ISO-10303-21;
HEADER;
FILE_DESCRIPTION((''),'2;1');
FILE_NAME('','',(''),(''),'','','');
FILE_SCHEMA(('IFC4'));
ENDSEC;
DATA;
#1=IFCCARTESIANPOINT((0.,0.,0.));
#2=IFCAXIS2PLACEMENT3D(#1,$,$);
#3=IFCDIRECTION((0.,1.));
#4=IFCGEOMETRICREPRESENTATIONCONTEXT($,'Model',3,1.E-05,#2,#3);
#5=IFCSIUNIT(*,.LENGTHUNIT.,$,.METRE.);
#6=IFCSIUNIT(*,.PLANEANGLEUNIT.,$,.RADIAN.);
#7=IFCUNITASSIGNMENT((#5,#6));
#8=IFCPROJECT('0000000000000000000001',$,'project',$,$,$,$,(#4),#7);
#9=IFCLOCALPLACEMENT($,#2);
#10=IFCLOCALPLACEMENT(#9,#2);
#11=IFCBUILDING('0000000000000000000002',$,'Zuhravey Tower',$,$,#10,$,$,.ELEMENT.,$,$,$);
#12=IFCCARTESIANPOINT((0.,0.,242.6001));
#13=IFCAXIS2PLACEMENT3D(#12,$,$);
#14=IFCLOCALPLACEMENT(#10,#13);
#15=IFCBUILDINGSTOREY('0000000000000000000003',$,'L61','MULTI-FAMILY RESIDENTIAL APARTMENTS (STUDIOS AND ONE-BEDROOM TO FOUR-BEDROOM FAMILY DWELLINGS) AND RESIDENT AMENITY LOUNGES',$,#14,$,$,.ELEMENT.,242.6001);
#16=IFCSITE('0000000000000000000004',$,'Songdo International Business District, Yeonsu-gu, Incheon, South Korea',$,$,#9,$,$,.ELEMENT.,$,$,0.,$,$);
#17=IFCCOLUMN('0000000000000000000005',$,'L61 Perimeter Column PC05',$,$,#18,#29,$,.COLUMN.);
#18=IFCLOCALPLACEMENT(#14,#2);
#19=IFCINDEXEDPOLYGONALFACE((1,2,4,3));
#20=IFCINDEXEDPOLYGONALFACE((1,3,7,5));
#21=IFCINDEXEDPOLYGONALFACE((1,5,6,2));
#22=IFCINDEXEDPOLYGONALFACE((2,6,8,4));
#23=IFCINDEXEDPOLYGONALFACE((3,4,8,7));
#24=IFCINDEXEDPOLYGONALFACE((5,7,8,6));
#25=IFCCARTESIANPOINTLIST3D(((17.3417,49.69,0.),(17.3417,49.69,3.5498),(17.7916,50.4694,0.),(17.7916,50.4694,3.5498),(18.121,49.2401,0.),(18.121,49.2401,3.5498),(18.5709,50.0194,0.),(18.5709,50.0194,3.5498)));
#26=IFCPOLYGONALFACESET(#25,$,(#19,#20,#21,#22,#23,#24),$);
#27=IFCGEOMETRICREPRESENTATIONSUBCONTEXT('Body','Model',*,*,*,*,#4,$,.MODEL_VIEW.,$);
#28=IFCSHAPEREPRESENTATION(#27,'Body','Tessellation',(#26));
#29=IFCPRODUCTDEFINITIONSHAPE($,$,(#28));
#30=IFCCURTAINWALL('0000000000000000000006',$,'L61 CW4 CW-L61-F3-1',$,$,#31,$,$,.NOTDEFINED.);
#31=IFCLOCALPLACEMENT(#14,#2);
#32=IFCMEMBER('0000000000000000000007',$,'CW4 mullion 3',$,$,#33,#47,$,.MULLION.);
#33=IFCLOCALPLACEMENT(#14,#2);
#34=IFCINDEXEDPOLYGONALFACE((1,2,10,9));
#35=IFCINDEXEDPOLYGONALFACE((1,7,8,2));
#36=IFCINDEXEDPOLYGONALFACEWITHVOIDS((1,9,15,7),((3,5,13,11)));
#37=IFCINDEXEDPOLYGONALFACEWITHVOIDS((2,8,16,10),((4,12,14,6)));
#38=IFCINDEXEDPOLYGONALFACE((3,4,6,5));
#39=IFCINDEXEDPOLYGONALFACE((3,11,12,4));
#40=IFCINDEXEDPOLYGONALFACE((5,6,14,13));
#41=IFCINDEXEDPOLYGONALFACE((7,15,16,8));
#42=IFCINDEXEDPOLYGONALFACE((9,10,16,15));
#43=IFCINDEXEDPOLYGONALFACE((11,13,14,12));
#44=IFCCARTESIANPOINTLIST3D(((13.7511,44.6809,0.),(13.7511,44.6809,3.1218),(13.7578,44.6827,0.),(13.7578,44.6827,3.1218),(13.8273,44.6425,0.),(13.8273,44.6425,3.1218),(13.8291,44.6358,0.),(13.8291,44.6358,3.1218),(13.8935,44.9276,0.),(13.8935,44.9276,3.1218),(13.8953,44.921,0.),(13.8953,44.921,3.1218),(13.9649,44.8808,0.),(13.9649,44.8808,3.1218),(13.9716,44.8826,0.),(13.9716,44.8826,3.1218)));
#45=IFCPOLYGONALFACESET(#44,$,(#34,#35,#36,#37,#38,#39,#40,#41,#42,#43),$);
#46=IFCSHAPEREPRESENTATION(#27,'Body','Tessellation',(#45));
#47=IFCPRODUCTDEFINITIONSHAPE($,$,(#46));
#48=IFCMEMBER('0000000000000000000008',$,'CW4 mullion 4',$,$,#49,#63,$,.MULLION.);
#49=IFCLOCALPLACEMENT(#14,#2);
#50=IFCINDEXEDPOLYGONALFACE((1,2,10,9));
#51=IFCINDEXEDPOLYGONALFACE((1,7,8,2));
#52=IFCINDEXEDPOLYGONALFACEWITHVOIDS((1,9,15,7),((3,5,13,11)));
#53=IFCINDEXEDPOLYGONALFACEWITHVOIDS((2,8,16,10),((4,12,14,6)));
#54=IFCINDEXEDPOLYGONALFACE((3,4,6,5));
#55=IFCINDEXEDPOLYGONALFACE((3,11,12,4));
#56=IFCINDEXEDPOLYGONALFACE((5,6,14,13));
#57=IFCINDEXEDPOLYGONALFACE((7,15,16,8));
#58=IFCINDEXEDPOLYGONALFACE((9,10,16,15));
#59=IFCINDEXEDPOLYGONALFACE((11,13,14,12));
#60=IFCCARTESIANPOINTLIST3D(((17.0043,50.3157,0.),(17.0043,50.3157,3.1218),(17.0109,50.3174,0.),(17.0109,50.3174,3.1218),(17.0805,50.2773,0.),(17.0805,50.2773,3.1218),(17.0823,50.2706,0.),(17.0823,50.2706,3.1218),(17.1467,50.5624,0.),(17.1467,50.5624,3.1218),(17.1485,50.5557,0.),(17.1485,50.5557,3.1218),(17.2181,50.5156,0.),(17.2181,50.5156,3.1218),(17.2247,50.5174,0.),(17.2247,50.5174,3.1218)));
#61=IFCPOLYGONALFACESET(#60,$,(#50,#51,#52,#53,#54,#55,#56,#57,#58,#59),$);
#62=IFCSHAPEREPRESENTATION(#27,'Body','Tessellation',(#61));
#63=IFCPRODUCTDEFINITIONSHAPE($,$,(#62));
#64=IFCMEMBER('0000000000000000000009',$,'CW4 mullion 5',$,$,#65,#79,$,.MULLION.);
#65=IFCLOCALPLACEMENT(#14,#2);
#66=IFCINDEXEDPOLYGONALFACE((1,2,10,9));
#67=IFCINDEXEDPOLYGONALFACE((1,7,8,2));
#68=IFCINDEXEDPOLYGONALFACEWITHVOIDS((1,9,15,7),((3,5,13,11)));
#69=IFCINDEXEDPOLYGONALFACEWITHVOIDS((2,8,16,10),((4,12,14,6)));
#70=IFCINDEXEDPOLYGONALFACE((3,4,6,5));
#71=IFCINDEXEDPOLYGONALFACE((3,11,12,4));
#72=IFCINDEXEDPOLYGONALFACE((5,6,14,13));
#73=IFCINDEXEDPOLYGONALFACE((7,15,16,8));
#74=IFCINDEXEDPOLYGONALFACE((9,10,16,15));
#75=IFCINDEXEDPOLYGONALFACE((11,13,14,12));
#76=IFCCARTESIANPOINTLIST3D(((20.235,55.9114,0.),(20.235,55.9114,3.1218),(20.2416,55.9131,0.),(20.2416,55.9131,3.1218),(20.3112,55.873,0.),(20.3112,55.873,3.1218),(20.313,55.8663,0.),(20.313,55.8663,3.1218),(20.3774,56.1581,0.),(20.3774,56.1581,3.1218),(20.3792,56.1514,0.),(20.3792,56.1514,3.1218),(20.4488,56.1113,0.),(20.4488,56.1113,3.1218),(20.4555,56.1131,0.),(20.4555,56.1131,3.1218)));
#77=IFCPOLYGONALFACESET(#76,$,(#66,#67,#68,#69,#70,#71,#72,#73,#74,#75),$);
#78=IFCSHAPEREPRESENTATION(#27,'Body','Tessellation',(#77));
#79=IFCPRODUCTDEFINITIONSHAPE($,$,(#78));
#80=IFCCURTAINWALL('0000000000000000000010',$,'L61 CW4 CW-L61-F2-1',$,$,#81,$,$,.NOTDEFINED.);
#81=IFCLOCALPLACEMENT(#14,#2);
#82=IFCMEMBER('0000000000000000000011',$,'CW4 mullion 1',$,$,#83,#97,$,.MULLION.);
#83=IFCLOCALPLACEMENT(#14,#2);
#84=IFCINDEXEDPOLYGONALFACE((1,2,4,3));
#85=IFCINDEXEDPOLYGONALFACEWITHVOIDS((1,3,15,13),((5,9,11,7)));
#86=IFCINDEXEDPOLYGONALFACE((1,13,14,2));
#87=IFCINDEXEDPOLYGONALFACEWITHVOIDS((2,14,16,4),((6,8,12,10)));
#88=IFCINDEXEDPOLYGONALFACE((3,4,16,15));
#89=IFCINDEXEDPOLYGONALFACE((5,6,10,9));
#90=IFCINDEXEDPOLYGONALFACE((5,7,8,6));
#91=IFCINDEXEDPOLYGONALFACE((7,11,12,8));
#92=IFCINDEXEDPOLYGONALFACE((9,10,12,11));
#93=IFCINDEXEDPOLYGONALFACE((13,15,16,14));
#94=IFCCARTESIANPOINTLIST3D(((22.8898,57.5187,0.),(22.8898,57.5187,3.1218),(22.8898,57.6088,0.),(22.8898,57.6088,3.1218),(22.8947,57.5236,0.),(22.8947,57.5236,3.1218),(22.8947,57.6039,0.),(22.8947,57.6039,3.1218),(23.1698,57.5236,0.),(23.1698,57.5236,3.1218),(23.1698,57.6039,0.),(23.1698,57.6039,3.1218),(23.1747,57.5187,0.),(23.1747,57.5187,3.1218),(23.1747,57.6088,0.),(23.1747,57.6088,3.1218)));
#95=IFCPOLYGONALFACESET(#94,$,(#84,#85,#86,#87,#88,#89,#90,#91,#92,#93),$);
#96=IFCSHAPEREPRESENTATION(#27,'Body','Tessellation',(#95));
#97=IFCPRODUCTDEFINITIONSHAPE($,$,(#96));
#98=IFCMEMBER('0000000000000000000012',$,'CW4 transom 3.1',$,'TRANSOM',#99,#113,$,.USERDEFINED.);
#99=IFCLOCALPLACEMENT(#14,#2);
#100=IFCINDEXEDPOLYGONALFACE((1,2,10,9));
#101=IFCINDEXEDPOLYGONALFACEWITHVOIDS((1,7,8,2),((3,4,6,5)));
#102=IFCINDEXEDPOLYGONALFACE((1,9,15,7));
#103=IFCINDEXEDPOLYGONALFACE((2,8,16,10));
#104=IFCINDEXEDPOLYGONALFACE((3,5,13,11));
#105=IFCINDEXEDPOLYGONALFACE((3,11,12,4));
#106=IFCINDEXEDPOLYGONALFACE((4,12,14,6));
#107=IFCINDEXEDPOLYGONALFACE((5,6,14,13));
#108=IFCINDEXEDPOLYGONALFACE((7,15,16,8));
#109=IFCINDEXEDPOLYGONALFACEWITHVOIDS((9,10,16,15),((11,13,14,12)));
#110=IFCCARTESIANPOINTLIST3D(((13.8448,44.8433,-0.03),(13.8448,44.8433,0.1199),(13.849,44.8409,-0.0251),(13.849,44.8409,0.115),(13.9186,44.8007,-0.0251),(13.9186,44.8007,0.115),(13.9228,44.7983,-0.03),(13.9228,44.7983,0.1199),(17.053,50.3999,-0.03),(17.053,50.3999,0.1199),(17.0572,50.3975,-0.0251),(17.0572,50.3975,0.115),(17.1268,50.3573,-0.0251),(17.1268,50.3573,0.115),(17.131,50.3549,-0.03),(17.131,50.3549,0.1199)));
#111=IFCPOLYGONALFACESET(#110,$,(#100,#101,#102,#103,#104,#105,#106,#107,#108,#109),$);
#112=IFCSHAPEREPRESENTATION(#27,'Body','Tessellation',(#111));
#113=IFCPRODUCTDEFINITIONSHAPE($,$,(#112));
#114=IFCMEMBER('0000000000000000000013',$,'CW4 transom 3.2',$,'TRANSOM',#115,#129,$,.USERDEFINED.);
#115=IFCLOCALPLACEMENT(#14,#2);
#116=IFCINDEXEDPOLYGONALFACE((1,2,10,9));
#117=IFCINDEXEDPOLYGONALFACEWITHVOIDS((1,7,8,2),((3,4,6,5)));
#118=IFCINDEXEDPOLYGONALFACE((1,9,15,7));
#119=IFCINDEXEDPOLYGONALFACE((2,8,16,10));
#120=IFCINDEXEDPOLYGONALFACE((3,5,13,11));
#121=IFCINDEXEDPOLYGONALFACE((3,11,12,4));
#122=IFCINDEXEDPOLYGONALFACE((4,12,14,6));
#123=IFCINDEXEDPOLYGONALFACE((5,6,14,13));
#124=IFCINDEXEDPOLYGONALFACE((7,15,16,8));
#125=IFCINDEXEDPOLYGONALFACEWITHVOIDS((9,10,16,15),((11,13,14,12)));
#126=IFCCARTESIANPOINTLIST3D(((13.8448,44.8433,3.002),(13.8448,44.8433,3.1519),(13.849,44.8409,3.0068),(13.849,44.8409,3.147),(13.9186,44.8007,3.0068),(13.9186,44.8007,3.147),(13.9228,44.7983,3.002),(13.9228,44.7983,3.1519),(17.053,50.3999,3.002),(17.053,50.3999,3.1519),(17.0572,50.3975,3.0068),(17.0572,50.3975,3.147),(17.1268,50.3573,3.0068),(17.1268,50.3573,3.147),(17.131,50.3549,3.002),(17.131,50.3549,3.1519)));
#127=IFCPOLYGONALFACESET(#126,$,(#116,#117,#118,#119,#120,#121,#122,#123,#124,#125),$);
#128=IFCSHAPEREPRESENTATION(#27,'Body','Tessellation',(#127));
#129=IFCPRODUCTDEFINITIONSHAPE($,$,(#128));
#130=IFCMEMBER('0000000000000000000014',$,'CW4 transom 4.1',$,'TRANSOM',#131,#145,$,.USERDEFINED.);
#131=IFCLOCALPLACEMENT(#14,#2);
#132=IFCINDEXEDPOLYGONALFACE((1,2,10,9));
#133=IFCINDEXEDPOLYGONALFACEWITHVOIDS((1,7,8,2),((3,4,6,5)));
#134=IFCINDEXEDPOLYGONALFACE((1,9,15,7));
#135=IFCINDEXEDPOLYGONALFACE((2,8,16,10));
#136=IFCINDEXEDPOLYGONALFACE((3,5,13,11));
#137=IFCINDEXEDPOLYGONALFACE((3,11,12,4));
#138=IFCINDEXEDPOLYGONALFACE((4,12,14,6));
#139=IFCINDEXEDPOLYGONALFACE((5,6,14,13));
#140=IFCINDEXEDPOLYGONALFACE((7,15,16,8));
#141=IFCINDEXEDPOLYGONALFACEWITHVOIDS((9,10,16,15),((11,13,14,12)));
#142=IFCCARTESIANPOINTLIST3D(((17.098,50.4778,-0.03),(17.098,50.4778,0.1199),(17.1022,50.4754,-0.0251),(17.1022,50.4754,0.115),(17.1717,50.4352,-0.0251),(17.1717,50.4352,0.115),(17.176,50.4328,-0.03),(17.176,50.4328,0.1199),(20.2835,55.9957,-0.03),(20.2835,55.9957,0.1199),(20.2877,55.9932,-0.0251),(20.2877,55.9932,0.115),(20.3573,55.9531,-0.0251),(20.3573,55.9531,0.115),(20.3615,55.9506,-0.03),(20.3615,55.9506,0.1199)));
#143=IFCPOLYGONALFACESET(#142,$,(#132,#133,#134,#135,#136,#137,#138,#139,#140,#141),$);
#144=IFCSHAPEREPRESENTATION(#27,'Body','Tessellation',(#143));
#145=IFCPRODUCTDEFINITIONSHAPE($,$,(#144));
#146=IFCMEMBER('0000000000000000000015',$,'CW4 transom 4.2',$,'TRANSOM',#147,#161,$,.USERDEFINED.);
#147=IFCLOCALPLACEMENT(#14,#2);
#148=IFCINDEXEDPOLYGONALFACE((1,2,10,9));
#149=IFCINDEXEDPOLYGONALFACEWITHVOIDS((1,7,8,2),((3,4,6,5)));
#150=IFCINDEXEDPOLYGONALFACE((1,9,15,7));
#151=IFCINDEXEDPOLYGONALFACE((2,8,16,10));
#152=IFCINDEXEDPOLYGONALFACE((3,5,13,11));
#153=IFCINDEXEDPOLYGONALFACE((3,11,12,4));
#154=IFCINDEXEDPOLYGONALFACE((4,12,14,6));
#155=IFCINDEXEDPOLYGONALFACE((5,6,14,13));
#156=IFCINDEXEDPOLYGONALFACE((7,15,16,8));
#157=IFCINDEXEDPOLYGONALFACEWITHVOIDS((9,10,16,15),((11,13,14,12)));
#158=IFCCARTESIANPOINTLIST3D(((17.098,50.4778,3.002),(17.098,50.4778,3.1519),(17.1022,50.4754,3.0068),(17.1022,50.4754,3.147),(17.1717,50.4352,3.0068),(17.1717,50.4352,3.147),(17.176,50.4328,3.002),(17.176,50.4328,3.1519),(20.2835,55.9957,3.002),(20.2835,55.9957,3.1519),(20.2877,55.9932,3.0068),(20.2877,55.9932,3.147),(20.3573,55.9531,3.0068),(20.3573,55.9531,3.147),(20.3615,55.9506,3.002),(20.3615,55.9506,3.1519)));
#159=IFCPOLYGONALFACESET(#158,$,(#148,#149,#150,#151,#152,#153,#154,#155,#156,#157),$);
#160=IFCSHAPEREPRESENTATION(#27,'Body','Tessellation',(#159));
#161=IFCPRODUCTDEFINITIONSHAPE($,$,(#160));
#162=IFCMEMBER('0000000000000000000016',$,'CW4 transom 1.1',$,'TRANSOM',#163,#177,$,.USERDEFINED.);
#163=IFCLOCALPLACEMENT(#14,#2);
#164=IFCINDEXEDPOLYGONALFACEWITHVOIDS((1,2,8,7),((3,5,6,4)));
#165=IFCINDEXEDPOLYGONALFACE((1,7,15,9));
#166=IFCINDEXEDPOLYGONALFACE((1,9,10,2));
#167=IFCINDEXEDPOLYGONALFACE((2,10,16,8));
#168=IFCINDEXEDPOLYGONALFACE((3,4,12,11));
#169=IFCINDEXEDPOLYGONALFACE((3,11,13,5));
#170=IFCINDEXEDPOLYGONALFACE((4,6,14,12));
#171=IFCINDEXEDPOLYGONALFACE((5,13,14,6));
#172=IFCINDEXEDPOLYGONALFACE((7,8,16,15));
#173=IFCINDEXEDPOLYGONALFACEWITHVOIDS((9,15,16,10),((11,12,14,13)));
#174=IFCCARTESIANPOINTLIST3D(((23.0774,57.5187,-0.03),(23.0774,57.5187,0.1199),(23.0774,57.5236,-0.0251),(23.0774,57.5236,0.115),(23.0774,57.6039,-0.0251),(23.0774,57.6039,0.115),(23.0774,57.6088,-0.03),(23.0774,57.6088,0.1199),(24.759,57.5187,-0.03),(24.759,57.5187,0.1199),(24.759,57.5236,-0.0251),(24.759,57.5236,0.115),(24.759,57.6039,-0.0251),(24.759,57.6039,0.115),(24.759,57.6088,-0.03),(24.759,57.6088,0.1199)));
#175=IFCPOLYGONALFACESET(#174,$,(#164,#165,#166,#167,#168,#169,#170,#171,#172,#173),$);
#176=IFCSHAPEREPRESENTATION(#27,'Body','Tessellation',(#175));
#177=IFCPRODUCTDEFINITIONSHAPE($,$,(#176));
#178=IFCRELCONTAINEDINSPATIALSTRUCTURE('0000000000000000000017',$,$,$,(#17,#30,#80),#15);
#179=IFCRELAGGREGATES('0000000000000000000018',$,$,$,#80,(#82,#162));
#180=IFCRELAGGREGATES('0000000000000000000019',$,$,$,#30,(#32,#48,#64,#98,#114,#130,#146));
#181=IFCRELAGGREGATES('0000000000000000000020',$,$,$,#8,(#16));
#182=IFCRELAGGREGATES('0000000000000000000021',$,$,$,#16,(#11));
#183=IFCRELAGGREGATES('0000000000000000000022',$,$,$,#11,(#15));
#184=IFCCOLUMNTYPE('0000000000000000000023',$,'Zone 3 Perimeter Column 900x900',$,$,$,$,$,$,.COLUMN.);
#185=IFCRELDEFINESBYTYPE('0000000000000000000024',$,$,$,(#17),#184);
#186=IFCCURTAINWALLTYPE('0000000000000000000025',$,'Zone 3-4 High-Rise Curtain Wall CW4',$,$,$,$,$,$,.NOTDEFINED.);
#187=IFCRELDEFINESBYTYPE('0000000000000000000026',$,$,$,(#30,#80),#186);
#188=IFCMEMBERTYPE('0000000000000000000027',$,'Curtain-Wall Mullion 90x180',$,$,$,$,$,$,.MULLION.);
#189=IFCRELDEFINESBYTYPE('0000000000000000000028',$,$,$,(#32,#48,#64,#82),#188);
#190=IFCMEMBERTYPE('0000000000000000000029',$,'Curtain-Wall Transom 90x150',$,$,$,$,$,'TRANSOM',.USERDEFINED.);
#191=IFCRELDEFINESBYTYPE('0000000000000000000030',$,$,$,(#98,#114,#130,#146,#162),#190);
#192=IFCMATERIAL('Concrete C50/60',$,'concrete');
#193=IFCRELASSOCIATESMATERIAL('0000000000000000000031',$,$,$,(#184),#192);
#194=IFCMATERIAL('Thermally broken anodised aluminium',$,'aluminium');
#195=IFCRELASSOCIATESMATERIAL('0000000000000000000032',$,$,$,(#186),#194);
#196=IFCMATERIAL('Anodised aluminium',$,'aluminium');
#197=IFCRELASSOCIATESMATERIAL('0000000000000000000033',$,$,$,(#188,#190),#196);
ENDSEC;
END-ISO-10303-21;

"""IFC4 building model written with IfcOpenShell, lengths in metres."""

from ifc_helpers import new_model, si_unit, direction, frame, origin, origin_2d, place, context, subcontext, project, spatial, rectangle, hollow_rectangle, extrude, material, material_profile, profile_set, type_object, element, aggregate, save


model = new_model("IFC4")

# Units and contexts
model_context = context("Model", 3, precision=1e-05, world=origin(), true_north=direction((0.0, 1.0)))
body_context = subcontext(model_context, "Body", "Model", "MODEL_VIEW")
ifc_project = project(units=[si_unit("LENGTHUNIT", "METRE"), si_unit("PLANEANGLEUNIT", "RADIAN")], contexts=[model_context])

# Site, building, storey
site_placement = place(None, origin())
site = spatial("IfcSite", under=ifc_project, at=site_placement, Name="Songdo International Business District, Yeonsu-gu, Incheon, South Korea", CompositionType="ELEMENT", RefElevation=0.0)
building_placement = place(site_placement, origin())
building = spatial("IfcBuilding", under=site, at=building_placement, Name="Zuhravey Tower", CompositionType="ELEMENT")
storey_placement = place(building_placement, frame((0.0, 0.0, 242.6001)))
storey = spatial("IfcBuildingStorey", under=building, at=storey_placement, Name="L61", Description="MULTI-FAMILY RESIDENTIAL APARTMENTS (STUDIOS AND ONE-BEDROOM TO FOUR-BEDROOM FAMILY DWELLINGS) AND RESIDENT AMENITY LOUNGES", CompositionType="ELEMENT", Elevation=242.6001)

# Column
ifc_material_1 = material(Name="Concrete C50/60", Category="concrete")
ifc_material_profile_1 = material_profile(ifc_material_1, rectangle(XDim=0.8999, YDim=0.8999, at=origin_2d()), Name="RC-900x900")
ifc_profile_set_1 = profile_set([ifc_material_profile_1], Name="Concrete C50/60")
column_type = type_object("IfcColumnType", Name="Zone 3 Perimeter Column 900x900", PredefinedType="COLUMN", material=ifc_profile_set_1)
column_placement = place(storey_placement, frame((17.9563, 49.8547, 0.0), z_axis=(0.0, 0.0, 1.0), x_axis=(-0.5, -0.866025, 0.0)))
element("IfcColumn", 1, at=column_placement, inside=storey, type_object=column_type, Name="L61 Perimeter Column PC05", PredefinedType="COLUMN", context=body_context, shape_type="SweptSolid", body=[
    extrude(rectangle(XDim=0.8999, YDim=0.8999, at=origin_2d()), origin(), (0.0, 0.0, 1.0), 3.5498),
])

# Curtain wall, members
ifc_material_2 = material(Name="Thermally broken anodised aluminium", Category="aluminium")
curtain_wall_type = type_object("IfcCurtainWallType", Name="Zone 3-4 High-Rise Curtain Wall CW4", PredefinedType="NOTDEFINED", material=ifc_material_2)
curtain_wall_1_placement = place(storey_placement, origin())
curtain_wall_1 = element("IfcCurtainWall", 2, at=curtain_wall_1_placement, inside=storey, type_object=curtain_wall_type, Name="L61 CW4 CW-L61-F3-1", PredefinedType="NOTDEFINED")
ifc_material_3 = material(Name="Anodised aluminium", Category="aluminium")
ifc_material_profile_2 = material_profile(ifc_material_3, hollow_rectangle(XDim=0.0901, YDim=0.2849, WallThickness=0.0049, at=origin_2d()), Name="ALU-RHS-90x285x5")
ifc_profile_set_2 = profile_set([ifc_material_profile_2], Name="Anodised aluminium")
member_type_1 = type_object("IfcMemberType", Name="Curtain-Wall Mullion 90x180", PredefinedType="MULLION", material=ifc_profile_set_2)
member_1_placement = place(storey_placement, frame((13.8613, 44.7817, 0.0), z_axis=(0.0, 0.0, 1.0), x_axis=(-0.866025, 0.500001, 0.0)))
member_1 = element("IfcMember", 3, at=member_1_placement, type_object=member_type_1, Name="CW4 mullion 3", PredefinedType="MULLION", context=body_context, shape_type="SweptSolid", body=[
    extrude(hollow_rectangle(XDim=0.0901, YDim=0.2849, WallThickness=0.0049, at=origin_2d()), origin(), (0.0, 0.0, 1.0), 3.1218),
])
member_2_placement = place(storey_placement, frame((17.1145, 50.4165, 0.0), z_axis=(0.0, 0.0, 1.0), x_axis=(-0.866025, 0.500001, 0.0)))
member_2 = element("IfcMember", 4, at=member_2_placement, type_object=member_type_1, Name="CW4 mullion 4", PredefinedType="MULLION", context=body_context, shape_type="SweptSolid", body=[
    extrude(hollow_rectangle(XDim=0.0901, YDim=0.2849, WallThickness=0.0049, at=origin_2d()), origin(), (0.0, 0.0, 1.0), 3.1218),
])
member_3_placement = place(storey_placement, frame((20.3452, 56.0122, 0.0), z_axis=(0.0, 0.0, 1.0), x_axis=(-0.866025, 0.500001, 0.0)))
member_3 = element("IfcMember", 5, at=member_3_placement, type_object=member_type_1, Name="CW4 mullion 5", PredefinedType="MULLION", context=body_context, shape_type="SweptSolid", body=[
    extrude(hollow_rectangle(XDim=0.0901, YDim=0.2849, WallThickness=0.0049, at=origin_2d()), origin(), (0.0, 0.0, 1.0), 3.1218),
])

# Curtain wall, member
curtain_wall_2_placement = place(storey_placement, origin())
curtain_wall_2 = element("IfcCurtainWall", 6, at=curtain_wall_2_placement, inside=storey, type_object=curtain_wall_type, Name="L61 CW4 CW-L61-F2-1", PredefinedType="NOTDEFINED")
member_4_placement = place(storey_placement, frame((23.0322, 57.5637, 0.0), z_axis=(0.0, 0.0, 1.0), x_axis=(0.0, 1.0, 0.0)))
member_4 = element("IfcMember", 7, at=member_4_placement, type_object=member_type_1, Name="CW4 mullion 1", PredefinedType="MULLION", context=body_context, shape_type="SweptSolid", body=[
    extrude(hollow_rectangle(XDim=0.0901, YDim=0.2849, WallThickness=0.0049, at=origin_2d()), origin(), (0.0, 0.0, 1.0), 3.1218),
])

# Members
ifc_material_profile_3 = material_profile(ifc_material_3, hollow_rectangle(XDim=0.0901, YDim=0.1499, WallThickness=0.0049, at=origin_2d()), Name="ALU-RHS-90x150x5")
ifc_profile_set_3 = profile_set([ifc_material_profile_3], Name="Anodised aluminium")
member_type_2 = type_object("IfcMemberType", Name="Curtain-Wall Transom 90x150", ElementType="TRANSOM", PredefinedType="USERDEFINED", material=ifc_profile_set_3)
member_5_placement = place(storey_placement, frame((13.8838, 44.8208, 0.0449), z_axis=(0.500014, 0.866017, 0.0), x_axis=(-0.866017, 0.500014, 0.0)))
member_5 = element("IfcMember", 8, at=member_5_placement, type_object=member_type_2, Name="CW4 transom 3.1", ObjectType="TRANSOM", PredefinedType="USERDEFINED", context=body_context, shape_type="SweptSolid", body=[
    extrude(hollow_rectangle(XDim=0.0901, YDim=0.1499, WallThickness=0.0049, at=origin_2d()), origin(), (0.0, 0.0, 1.0), 6.4163),
])
member_6_placement = place(storey_placement, frame((13.8838, 44.8208, 3.0769), z_axis=(0.500014, 0.866017, 0.0), x_axis=(-0.866017, 0.500014, 0.0)))
member_6 = element("IfcMember", 9, at=member_6_placement, type_object=member_type_2, Name="CW4 transom 3.2", ObjectType="TRANSOM", PredefinedType="USERDEFINED", context=body_context, shape_type="SweptSolid", body=[
    extrude(hollow_rectangle(XDim=0.0901, YDim=0.1499, WallThickness=0.0049, at=origin_2d()), origin(), (0.0, 0.0, 1.0), 6.4163),
])
member_7_placement = place(storey_placement, frame((17.137, 50.4553, 0.0449), z_axis=(0.49998, 0.866037, 0.0), x_axis=(-0.866037, 0.49998, 0.0)))
member_7 = element("IfcMember", 10, at=member_7_placement, type_object=member_type_2, Name="CW4 transom 4.1", ObjectType="TRANSOM", PredefinedType="USERDEFINED", context=body_context, shape_type="SweptSolid", body=[
    extrude(hollow_rectangle(XDim=0.0901, YDim=0.1499, WallThickness=0.0049, at=origin_2d()), origin(), (0.0, 0.0, 1.0), 6.3713),
])
member_8_placement = place(storey_placement, frame((17.137, 50.4553, 3.0769), z_axis=(0.49998, 0.866037, 0.0), x_axis=(-0.866037, 0.49998, 0.0)))
member_8 = element("IfcMember", 11, at=member_8_placement, type_object=member_type_2, Name="CW4 transom 4.2", ObjectType="TRANSOM", PredefinedType="USERDEFINED", context=body_context, shape_type="SweptSolid", body=[
    extrude(hollow_rectangle(XDim=0.0901, YDim=0.1499, WallThickness=0.0049, at=origin_2d()), origin(), (0.0, 0.0, 1.0), 6.3713),
])
member_9_placement = place(storey_placement, frame((23.0774, 57.5637, 0.0449), z_axis=(1.0, 0.0, 0.0), x_axis=(0.0, 1.0, 0.0)))
member_9 = element("IfcMember", 12, at=member_9_placement, type_object=member_type_2, Name="CW4 transom 1.1", ObjectType="TRANSOM", PredefinedType="USERDEFINED", context=body_context, shape_type="SweptSolid", body=[
    extrude(hollow_rectangle(XDim=0.0901, YDim=0.1499, WallThickness=0.0049, at=origin_2d()), origin(), (0.0, 0.0, 1.0), 1.6816),
])
aggregate(curtain_wall_2, [member_4, member_9])

aggregate(curtain_wall_1, [member_1, member_2, member_3, member_5, member_6, member_7, member_8])

save(model, "model.ifc")
